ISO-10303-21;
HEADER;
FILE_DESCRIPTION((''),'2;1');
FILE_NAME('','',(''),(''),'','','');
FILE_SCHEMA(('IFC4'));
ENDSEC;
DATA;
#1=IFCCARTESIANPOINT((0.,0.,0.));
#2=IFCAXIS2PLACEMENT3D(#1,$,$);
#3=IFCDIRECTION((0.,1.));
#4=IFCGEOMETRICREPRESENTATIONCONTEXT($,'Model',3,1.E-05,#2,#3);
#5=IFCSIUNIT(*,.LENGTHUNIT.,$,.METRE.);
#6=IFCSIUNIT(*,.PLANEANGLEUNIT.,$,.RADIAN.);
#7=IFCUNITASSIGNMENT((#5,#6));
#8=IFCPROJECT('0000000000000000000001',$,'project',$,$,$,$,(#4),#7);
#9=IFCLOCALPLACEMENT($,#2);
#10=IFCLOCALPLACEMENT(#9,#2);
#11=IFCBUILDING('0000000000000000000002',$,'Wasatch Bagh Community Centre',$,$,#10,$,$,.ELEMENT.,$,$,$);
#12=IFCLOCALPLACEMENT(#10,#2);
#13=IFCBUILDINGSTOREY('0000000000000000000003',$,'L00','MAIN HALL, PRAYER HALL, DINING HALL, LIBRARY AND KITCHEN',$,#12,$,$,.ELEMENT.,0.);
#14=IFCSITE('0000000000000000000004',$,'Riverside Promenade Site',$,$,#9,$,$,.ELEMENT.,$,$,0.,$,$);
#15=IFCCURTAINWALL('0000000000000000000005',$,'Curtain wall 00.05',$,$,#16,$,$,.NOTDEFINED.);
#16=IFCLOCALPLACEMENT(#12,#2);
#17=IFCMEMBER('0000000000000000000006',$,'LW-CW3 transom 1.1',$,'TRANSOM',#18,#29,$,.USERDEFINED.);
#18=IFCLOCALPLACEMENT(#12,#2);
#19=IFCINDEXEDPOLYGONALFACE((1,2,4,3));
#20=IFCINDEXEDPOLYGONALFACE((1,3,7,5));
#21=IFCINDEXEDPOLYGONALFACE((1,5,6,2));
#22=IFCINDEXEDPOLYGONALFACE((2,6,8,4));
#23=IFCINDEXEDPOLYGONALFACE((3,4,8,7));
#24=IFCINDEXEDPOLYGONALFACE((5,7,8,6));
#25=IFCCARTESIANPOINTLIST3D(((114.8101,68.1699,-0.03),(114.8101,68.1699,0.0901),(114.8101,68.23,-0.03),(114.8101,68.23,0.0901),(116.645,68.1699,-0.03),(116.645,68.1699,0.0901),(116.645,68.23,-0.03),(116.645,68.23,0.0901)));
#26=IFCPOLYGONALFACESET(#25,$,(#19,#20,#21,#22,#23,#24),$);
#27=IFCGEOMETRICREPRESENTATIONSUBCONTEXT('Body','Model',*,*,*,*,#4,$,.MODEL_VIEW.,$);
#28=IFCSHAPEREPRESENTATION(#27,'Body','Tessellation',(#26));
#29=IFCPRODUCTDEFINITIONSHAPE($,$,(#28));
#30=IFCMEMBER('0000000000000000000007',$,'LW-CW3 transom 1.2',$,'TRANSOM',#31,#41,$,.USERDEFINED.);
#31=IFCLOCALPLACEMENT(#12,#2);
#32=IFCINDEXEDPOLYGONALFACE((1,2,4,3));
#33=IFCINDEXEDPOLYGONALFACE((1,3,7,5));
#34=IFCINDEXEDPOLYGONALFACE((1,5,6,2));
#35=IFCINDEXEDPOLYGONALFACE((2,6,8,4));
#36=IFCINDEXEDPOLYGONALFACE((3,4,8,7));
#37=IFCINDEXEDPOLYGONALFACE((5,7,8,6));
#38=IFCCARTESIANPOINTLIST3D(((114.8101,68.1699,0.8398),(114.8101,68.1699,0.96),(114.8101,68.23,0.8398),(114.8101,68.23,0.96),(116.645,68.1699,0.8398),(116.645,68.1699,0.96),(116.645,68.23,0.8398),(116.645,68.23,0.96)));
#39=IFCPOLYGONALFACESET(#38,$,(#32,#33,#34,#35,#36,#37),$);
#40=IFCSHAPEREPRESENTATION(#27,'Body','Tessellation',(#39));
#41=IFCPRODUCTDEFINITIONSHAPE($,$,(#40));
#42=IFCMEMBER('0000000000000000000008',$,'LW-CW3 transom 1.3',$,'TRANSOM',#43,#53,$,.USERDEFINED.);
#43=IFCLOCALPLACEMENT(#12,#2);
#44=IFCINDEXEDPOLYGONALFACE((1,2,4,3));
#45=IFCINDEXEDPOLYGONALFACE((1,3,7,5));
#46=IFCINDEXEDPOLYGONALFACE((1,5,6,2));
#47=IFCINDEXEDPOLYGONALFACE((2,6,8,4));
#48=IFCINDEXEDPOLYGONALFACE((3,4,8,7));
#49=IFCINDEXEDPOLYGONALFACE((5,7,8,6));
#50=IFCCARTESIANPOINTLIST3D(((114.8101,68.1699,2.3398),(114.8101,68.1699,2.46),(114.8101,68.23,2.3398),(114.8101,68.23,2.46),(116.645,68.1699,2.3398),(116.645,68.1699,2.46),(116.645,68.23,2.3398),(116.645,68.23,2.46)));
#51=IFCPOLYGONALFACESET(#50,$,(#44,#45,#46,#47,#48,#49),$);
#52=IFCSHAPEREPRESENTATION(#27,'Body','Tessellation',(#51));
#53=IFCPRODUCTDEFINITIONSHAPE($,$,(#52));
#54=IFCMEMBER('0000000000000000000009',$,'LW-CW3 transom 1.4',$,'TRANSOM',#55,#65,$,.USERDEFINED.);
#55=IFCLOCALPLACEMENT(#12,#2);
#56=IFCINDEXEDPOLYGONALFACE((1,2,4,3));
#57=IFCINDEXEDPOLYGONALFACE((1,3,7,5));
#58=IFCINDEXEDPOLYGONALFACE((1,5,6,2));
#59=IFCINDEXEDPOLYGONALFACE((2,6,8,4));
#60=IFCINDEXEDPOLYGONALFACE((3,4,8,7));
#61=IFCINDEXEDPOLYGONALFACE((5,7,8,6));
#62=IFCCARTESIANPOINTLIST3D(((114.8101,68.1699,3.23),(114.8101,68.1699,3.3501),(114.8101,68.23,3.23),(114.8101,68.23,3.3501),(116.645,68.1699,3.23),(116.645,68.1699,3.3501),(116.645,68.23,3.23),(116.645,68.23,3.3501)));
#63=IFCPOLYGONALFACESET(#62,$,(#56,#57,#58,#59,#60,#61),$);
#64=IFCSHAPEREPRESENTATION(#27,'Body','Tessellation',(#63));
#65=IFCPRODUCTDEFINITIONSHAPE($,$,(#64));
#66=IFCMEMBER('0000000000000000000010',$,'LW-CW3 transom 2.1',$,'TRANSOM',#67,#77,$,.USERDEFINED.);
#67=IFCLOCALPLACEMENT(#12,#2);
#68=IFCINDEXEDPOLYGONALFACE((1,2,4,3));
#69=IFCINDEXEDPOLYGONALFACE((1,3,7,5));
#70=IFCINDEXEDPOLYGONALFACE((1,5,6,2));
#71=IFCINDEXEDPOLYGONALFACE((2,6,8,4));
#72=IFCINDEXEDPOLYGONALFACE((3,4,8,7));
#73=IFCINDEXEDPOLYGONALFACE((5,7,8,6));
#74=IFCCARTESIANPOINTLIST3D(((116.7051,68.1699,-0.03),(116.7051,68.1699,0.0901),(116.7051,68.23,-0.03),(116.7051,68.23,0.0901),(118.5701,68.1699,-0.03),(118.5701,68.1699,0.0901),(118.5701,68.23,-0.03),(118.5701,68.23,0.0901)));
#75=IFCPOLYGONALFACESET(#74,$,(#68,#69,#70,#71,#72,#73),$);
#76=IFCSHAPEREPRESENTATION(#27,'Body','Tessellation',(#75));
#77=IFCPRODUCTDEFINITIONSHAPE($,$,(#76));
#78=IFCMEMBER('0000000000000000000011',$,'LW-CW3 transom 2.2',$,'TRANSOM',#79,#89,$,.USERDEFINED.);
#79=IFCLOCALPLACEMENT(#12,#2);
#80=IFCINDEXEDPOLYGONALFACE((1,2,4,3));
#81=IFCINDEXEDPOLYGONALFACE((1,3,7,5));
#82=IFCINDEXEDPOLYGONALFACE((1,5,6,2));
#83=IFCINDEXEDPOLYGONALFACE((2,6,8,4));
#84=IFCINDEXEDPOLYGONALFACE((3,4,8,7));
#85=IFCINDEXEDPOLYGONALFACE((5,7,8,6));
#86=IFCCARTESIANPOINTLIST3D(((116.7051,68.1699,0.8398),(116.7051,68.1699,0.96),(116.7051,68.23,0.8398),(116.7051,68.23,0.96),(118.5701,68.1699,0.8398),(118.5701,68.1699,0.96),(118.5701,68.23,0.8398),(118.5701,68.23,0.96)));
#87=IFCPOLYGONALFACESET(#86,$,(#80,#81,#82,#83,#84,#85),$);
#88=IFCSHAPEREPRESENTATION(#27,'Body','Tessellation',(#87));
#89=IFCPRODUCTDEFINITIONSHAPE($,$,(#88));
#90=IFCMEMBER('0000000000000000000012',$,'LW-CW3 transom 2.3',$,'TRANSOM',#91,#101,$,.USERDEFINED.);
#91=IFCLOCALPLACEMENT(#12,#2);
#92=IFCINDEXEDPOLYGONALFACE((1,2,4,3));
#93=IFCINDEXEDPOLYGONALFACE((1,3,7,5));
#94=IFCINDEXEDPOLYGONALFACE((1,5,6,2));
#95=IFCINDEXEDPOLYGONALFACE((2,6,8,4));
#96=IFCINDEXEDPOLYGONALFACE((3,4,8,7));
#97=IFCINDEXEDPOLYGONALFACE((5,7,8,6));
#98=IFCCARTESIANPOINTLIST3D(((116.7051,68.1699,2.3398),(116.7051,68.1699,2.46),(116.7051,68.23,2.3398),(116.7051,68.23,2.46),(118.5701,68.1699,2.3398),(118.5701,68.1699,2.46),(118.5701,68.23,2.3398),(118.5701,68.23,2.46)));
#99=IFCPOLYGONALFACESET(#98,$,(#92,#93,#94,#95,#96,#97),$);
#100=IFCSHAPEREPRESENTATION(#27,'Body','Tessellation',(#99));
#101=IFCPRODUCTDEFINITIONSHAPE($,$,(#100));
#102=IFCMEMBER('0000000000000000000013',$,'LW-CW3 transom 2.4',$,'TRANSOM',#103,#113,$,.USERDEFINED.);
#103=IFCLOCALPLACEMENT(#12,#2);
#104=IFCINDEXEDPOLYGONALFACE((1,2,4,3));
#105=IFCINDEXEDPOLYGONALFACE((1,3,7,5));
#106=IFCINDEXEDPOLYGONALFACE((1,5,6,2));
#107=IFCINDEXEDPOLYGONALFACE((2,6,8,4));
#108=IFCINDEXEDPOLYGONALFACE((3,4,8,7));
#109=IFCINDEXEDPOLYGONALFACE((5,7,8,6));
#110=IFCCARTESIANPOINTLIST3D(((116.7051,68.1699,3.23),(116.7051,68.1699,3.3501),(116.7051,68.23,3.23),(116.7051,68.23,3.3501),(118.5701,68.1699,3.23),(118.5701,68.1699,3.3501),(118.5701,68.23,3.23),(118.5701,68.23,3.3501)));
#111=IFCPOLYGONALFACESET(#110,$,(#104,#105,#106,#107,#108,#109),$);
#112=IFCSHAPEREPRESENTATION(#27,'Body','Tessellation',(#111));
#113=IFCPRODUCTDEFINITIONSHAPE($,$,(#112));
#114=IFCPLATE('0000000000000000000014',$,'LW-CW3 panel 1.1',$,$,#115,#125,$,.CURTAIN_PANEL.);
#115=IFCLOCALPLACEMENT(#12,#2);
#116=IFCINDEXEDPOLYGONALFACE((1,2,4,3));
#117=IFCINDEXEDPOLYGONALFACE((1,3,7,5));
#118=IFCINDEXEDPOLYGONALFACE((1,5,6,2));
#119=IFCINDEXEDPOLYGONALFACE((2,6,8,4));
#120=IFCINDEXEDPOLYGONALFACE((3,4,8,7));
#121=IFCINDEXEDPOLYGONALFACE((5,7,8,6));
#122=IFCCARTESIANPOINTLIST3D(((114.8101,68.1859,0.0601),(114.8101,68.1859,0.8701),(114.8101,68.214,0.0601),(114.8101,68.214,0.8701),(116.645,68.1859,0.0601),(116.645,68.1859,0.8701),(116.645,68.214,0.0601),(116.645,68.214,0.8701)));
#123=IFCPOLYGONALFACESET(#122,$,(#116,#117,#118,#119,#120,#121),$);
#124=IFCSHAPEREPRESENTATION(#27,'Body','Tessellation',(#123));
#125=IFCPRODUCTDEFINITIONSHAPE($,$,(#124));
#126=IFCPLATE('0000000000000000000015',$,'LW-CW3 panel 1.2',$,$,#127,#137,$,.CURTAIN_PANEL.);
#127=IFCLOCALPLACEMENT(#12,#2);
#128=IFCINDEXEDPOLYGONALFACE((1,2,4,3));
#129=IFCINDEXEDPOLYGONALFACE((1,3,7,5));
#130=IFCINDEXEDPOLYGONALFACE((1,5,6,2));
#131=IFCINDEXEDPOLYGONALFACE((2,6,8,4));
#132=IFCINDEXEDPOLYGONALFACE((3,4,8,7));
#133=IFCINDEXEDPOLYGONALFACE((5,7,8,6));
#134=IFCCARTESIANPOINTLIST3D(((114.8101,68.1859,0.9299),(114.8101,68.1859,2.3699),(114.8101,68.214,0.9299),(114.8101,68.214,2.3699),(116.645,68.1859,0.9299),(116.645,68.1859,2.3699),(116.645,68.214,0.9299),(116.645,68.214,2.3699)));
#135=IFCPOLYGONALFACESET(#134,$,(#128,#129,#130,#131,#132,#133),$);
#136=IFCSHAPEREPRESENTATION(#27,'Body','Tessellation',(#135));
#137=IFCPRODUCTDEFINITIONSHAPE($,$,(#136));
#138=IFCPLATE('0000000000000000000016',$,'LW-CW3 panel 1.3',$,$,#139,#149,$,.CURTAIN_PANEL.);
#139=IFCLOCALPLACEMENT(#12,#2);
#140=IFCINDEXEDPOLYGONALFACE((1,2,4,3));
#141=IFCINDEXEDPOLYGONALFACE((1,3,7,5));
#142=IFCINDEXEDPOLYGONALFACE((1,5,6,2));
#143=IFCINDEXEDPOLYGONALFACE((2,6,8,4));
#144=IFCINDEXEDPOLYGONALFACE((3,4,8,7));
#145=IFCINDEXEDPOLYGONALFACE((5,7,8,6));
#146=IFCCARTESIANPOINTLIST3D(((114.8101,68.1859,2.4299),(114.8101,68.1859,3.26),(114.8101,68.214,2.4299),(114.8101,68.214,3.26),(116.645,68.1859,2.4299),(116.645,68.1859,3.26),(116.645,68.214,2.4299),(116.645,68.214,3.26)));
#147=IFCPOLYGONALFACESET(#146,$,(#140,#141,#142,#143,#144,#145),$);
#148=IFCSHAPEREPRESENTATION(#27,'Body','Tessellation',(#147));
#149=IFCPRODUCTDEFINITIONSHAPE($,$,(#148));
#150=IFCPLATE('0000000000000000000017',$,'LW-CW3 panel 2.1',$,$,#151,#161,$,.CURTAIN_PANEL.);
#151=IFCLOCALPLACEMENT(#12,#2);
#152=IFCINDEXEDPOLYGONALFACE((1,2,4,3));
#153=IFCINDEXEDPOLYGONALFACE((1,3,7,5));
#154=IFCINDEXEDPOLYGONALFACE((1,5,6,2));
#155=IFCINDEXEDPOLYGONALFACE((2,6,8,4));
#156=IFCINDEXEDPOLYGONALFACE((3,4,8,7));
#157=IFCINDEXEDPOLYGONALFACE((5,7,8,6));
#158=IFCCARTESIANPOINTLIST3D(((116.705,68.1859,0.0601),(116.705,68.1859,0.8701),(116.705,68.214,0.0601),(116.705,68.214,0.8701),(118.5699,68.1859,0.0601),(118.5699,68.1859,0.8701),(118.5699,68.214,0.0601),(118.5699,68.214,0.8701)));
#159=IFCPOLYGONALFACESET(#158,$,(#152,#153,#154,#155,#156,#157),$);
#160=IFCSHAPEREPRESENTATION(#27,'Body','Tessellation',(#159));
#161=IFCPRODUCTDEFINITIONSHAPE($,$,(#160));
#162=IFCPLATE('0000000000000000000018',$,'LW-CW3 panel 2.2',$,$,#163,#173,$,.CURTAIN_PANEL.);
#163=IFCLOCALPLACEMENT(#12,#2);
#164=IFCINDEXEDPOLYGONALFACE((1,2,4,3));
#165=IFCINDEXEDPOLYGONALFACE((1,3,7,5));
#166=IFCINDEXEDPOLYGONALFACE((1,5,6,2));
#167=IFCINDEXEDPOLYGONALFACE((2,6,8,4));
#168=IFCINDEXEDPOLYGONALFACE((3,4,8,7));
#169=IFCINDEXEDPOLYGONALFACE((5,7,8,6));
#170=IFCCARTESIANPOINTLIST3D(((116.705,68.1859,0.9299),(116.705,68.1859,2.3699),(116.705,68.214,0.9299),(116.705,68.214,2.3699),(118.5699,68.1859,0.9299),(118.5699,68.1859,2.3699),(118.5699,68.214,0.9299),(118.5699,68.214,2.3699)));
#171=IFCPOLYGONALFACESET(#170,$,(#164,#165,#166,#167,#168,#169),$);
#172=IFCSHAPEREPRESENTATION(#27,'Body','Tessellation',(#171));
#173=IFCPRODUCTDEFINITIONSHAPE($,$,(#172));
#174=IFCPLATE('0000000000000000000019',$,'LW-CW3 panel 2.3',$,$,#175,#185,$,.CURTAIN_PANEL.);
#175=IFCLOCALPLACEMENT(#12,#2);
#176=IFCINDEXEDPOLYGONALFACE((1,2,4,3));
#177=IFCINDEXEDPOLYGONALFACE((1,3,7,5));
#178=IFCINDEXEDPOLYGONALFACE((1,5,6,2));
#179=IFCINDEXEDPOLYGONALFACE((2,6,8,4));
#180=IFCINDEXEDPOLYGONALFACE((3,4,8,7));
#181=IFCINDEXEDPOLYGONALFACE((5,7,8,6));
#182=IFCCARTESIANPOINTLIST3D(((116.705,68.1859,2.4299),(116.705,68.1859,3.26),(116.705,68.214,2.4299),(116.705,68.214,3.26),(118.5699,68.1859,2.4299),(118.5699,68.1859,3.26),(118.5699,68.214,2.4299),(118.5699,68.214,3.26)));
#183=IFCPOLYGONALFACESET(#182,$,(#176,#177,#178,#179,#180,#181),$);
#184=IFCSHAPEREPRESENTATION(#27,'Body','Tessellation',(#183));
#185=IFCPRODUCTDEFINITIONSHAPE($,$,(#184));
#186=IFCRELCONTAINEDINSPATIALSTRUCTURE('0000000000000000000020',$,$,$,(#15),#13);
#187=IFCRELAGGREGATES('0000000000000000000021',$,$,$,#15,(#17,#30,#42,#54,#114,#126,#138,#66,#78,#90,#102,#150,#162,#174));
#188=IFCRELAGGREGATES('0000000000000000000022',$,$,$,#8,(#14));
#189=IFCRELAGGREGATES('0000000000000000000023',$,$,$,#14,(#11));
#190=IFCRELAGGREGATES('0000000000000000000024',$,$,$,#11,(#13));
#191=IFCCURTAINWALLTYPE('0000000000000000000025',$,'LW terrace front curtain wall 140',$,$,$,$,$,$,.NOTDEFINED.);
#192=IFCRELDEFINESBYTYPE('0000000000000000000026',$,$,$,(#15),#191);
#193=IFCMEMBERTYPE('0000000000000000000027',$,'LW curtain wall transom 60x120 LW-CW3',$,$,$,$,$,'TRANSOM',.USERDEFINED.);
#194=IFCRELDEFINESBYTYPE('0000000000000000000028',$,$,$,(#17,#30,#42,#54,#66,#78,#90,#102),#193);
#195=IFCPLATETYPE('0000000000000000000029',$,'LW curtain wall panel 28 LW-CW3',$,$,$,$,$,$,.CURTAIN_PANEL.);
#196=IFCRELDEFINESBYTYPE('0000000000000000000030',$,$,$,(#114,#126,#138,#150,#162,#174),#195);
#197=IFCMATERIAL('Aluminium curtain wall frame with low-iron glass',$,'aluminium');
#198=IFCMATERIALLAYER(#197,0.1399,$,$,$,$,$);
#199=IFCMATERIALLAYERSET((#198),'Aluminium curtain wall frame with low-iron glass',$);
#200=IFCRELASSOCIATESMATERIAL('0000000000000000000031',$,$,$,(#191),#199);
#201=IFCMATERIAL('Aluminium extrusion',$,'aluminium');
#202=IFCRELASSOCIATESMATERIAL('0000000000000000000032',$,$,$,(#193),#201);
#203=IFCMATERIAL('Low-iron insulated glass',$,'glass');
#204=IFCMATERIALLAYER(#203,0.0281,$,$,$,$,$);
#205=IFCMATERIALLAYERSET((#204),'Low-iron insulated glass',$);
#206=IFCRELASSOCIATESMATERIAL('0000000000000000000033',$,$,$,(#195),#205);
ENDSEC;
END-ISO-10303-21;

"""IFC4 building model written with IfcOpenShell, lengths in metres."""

from ifc_helpers import new_model, si_unit, direction, frame, origin, origin_2d, place, context, subcontext, project, spatial, rectangle, extrude, material, layer, layer_set, material_profile, profile_set, type_object, element, aggregate, save


model = new_model("IFC4")

# Units and contexts
model_context = context("Model", 3, precision=1e-05, world=origin(), true_north=direction((0.0, 1.0)))
body_context = subcontext(model_context, "Body", "Model", "MODEL_VIEW")
ifc_project = project(units=[si_unit("LENGTHUNIT", "METRE"), si_unit("PLANEANGLEUNIT", "RADIAN")], contexts=[model_context])

# Site, building, storey
site_placement = place(None, origin())
site = spatial("IfcSite", under=ifc_project, at=site_placement, Name="Riverside Promenade Site", CompositionType="ELEMENT", RefElevation=0.0)
building_placement = place(site_placement, origin())
building = spatial("IfcBuilding", under=site, at=building_placement, Name="Wasatch Bagh Community Centre", CompositionType="ELEMENT")
storey_placement = place(building_placement, origin())
storey = spatial("IfcBuildingStorey", under=building, at=storey_placement, Name="L00", Description="MAIN HALL, PRAYER HALL, DINING HALL, LIBRARY AND KITCHEN", CompositionType="ELEMENT", Elevation=0.0)

# Curtain wall, members, plates
ifc_material_1 = material(Name="Aluminium curtain wall frame with low-iron glass", Category="aluminium")
ifc_layer_1 = layer(ifc_material_1, 0.1399)
ifc_layer_set_1 = layer_set([ifc_layer_1], Name="Aluminium curtain wall frame with low-iron glass")
curtain_wall_type = type_object("IfcCurtainWallType", Name="LW terrace front curtain wall 140", PredefinedType="NOTDEFINED", material=ifc_layer_set_1)
curtain_wall_placement = place(storey_placement, origin())
curtain_wall = element("IfcCurtainWall", 1, at=curtain_wall_placement, inside=storey, type_object=curtain_wall_type, Name="Curtain wall 00.05", PredefinedType="NOTDEFINED")
ifc_material_2 = material(Name="Aluminium extrusion", Category="aluminium")
ifc_material_profile_1 = material_profile(ifc_material_2, rectangle(XDim=0.0601, YDim=0.1201, at=origin_2d()), Name="AL 60x120")
ifc_profile_set_1 = profile_set([ifc_material_profile_1], Name="Aluminium extrusion")
member_type_1 = type_object("IfcMemberType", Name="LW curtain wall transom 60x120 LW-CW3", ElementType="TRANSOM", PredefinedType="USERDEFINED", material=ifc_profile_set_1)
member_1_placement = place(storey_placement, frame((114.8101, 68.2, 0.03), z_axis=(1.0, 0.0, 0.0), x_axis=(0.0, 1.0, 0.0)))
member_1 = element("IfcMember", 2, at=member_1_placement, type_object=member_type_1, Name="LW-CW3 transom 1.1", ObjectType="TRANSOM", PredefinedType="USERDEFINED", context=body_context, shape_type="SweptSolid", body=[
    extrude(rectangle(XDim=0.0601, YDim=0.1201, at=origin_2d()), origin(), (0.0, 0.0, 1.0), 1.835),
])
member_2_placement = place(storey_placement, frame((114.8101, 68.2, 0.8999), z_axis=(1.0, 0.0, 0.0), x_axis=(0.0, 1.0, 0.0)))
member_2 = element("IfcMember", 3, at=member_2_placement, type_object=member_type_1, Name="LW-CW3 transom 1.2", ObjectType="TRANSOM", PredefinedType="USERDEFINED", context=body_context, shape_type="SweptSolid", body=[
    extrude(rectangle(XDim=0.0601, YDim=0.1201, at=origin_2d()), origin(), (0.0, 0.0, 1.0), 1.835),
])
member_3_placement = place(storey_placement, frame((114.8101, 68.2, 2.3999), z_axis=(1.0, 0.0, 0.0), x_axis=(0.0, 1.0, 0.0)))
member_3 = element("IfcMember", 4, at=member_3_placement, type_object=member_type_1, Name="LW-CW3 transom 1.3", ObjectType="TRANSOM", PredefinedType="USERDEFINED", context=body_context, shape_type="SweptSolid", body=[
    extrude(rectangle(XDim=0.0601, YDim=0.1201, at=origin_2d()), origin(), (0.0, 0.0, 1.0), 1.835),
])
member_4_placement = place(storey_placement, frame((114.8101, 68.2, 3.29), z_axis=(1.0, 0.0, 0.0), x_axis=(0.0, 1.0, 0.0)))
member_4 = element("IfcMember", 5, at=member_4_placement, type_object=member_type_1, Name="LW-CW3 transom 1.4", ObjectType="TRANSOM", PredefinedType="USERDEFINED", context=body_context, shape_type="SweptSolid", body=[
    extrude(rectangle(XDim=0.0601, YDim=0.1201, at=origin_2d()), origin(), (0.0, 0.0, 1.0), 1.835),
])
member_5_placement = place(storey_placement, frame((116.7051, 68.2, 0.03), z_axis=(1.0, 0.0, 0.0), x_axis=(0.0, 1.0, 0.0)))
member_5 = element("IfcMember", 6, at=member_5_placement, type_object=member_type_1, Name="LW-CW3 transom 2.1", ObjectType="TRANSOM", PredefinedType="USERDEFINED", context=body_context, shape_type="SweptSolid", body=[
    extrude(rectangle(XDim=0.0601, YDim=0.1201, at=origin_2d()), origin(), (0.0, 0.0, 1.0), 1.865),
])
member_6_placement = place(storey_placement, frame((116.7051, 68.2, 0.8999), z_axis=(1.0, 0.0, 0.0), x_axis=(0.0, 1.0, 0.0)))
member_6 = element("IfcMember", 7, at=member_6_placement, type_object=member_type_1, Name="LW-CW3 transom 2.2", ObjectType="TRANSOM", PredefinedType="USERDEFINED", context=body_context, shape_type="SweptSolid", body=[
    extrude(rectangle(XDim=0.0601, YDim=0.1201, at=origin_2d()), origin(), (0.0, 0.0, 1.0), 1.865),
])
member_7_placement = place(storey_placement, frame((116.7051, 68.2, 2.3999), z_axis=(1.0, 0.0, 0.0), x_axis=(0.0, 1.0, 0.0)))
member_7 = element("IfcMember", 8, at=member_7_placement, type_object=member_type_1, Name="LW-CW3 transom 2.3", ObjectType="TRANSOM", PredefinedType="USERDEFINED", context=body_context, shape_type="SweptSolid", body=[
    extrude(rectangle(XDim=0.0601, YDim=0.1201, at=origin_2d()), origin(), (0.0, 0.0, 1.0), 1.865),
])
member_8_placement = place(storey_placement, frame((116.7051, 68.2, 3.29), z_axis=(1.0, 0.0, 0.0), x_axis=(0.0, 1.0, 0.0)))
member_8 = element("IfcMember", 9, at=member_8_placement, type_object=member_type_1, Name="LW-CW3 transom 2.4", ObjectType="TRANSOM", PredefinedType="USERDEFINED", context=body_context, shape_type="SweptSolid", body=[
    extrude(rectangle(XDim=0.0601, YDim=0.1201, at=origin_2d()), origin(), (0.0, 0.0, 1.0), 1.865),
])
ifc_material_3 = material(Name="Low-iron insulated glass", Category="glass")
ifc_layer_2 = layer(ifc_material_3, 0.0281)
ifc_layer_set_2 = layer_set([ifc_layer_2], Name="Low-iron insulated glass")
plate_type = type_object("IfcPlateType", Name="LW curtain wall panel 28 LW-CW3", PredefinedType="CURTAIN_PANEL", material=ifc_layer_set_2)
plate_1_placement = place(storey_placement, frame((115.7275, 68.2, 0.0601), z_axis=(0.0, 0.0, 1.0), x_axis=(1.0, 0.0, 0.0)))
plate_1 = element("IfcPlate", 10, at=plate_1_placement, type_object=plate_type, Name="LW-CW3 panel 1.1", PredefinedType="CURTAIN_PANEL", context=body_context, shape_type="SweptSolid", body=[
    extrude(rectangle(XDim=1.835, YDim=0.0281, at=origin_2d()), origin(), (0.0, 0.0, 1.0), 0.8101),
])
plate_2_placement = place(storey_placement, frame((115.7275, 68.2, 0.9299), z_axis=(0.0, 0.0, 1.0), x_axis=(1.0, 0.0, 0.0)))
plate_2 = element("IfcPlate", 11, at=plate_2_placement, type_object=plate_type, Name="LW-CW3 panel 1.2", PredefinedType="CURTAIN_PANEL", context=body_context, shape_type="SweptSolid", body=[
    extrude(rectangle(XDim=1.835, YDim=0.0281, at=origin_2d()), origin(), (0.0, 0.0, 1.0), 1.4399),
])
plate_3_placement = place(storey_placement, frame((115.7275, 68.2, 2.4299), z_axis=(0.0, 0.0, 1.0), x_axis=(1.0, 0.0, 0.0)))
plate_3 = element("IfcPlate", 12, at=plate_3_placement, type_object=plate_type, Name="LW-CW3 panel 1.3", PredefinedType="CURTAIN_PANEL", context=body_context, shape_type="SweptSolid", body=[
    extrude(rectangle(XDim=1.835, YDim=0.0281, at=origin_2d()), origin(), (0.0, 0.0, 1.0), 0.8301),
])
plate_4_placement = place(storey_placement, frame((117.6375, 68.2, 0.0601), z_axis=(0.0, 0.0, 1.0), x_axis=(1.0, 0.0, 0.0)))
plate_4 = element("IfcPlate", 13, at=plate_4_placement, type_object=plate_type, Name="LW-CW3 panel 2.1", PredefinedType="CURTAIN_PANEL", context=body_context, shape_type="SweptSolid", body=[
    extrude(rectangle(XDim=1.865, YDim=0.0281, at=origin_2d()), origin(), (0.0, 0.0, 1.0), 0.8101),
])
plate_5_placement = place(storey_placement, frame((117.6375, 68.2, 0.9299), z_axis=(0.0, 0.0, 1.0), x_axis=(1.0, 0.0, 0.0)))
plate_5 = element("IfcPlate", 14, at=plate_5_placement, type_object=plate_type, Name="LW-CW3 panel 2.2", PredefinedType="CURTAIN_PANEL", context=body_context, shape_type="SweptSolid", body=[
    extrude(rectangle(XDim=1.865, YDim=0.0281, at=origin_2d()), origin(), (0.0, 0.0, 1.0), 1.4399),
])
plate_6_placement = place(storey_placement, frame((117.6375, 68.2, 2.4299), z_axis=(0.0, 0.0, 1.0), x_axis=(1.0, 0.0, 0.0)))
plate_6 = element("IfcPlate", 15, at=plate_6_placement, type_object=plate_type, Name="LW-CW3 panel 2.3", PredefinedType="CURTAIN_PANEL", context=body_context, shape_type="SweptSolid", body=[
    extrude(rectangle(XDim=1.865, YDim=0.0281, at=origin_2d()), origin(), (0.0, 0.0, 1.0), 0.8301),
])
aggregate(curtain_wall, [member_1, member_2, member_3, member_4, plate_1, plate_2, plate_3, member_5, member_6, member_7, member_8, plate_4, plate_5, plate_6])

save(model, "model.ifc")
